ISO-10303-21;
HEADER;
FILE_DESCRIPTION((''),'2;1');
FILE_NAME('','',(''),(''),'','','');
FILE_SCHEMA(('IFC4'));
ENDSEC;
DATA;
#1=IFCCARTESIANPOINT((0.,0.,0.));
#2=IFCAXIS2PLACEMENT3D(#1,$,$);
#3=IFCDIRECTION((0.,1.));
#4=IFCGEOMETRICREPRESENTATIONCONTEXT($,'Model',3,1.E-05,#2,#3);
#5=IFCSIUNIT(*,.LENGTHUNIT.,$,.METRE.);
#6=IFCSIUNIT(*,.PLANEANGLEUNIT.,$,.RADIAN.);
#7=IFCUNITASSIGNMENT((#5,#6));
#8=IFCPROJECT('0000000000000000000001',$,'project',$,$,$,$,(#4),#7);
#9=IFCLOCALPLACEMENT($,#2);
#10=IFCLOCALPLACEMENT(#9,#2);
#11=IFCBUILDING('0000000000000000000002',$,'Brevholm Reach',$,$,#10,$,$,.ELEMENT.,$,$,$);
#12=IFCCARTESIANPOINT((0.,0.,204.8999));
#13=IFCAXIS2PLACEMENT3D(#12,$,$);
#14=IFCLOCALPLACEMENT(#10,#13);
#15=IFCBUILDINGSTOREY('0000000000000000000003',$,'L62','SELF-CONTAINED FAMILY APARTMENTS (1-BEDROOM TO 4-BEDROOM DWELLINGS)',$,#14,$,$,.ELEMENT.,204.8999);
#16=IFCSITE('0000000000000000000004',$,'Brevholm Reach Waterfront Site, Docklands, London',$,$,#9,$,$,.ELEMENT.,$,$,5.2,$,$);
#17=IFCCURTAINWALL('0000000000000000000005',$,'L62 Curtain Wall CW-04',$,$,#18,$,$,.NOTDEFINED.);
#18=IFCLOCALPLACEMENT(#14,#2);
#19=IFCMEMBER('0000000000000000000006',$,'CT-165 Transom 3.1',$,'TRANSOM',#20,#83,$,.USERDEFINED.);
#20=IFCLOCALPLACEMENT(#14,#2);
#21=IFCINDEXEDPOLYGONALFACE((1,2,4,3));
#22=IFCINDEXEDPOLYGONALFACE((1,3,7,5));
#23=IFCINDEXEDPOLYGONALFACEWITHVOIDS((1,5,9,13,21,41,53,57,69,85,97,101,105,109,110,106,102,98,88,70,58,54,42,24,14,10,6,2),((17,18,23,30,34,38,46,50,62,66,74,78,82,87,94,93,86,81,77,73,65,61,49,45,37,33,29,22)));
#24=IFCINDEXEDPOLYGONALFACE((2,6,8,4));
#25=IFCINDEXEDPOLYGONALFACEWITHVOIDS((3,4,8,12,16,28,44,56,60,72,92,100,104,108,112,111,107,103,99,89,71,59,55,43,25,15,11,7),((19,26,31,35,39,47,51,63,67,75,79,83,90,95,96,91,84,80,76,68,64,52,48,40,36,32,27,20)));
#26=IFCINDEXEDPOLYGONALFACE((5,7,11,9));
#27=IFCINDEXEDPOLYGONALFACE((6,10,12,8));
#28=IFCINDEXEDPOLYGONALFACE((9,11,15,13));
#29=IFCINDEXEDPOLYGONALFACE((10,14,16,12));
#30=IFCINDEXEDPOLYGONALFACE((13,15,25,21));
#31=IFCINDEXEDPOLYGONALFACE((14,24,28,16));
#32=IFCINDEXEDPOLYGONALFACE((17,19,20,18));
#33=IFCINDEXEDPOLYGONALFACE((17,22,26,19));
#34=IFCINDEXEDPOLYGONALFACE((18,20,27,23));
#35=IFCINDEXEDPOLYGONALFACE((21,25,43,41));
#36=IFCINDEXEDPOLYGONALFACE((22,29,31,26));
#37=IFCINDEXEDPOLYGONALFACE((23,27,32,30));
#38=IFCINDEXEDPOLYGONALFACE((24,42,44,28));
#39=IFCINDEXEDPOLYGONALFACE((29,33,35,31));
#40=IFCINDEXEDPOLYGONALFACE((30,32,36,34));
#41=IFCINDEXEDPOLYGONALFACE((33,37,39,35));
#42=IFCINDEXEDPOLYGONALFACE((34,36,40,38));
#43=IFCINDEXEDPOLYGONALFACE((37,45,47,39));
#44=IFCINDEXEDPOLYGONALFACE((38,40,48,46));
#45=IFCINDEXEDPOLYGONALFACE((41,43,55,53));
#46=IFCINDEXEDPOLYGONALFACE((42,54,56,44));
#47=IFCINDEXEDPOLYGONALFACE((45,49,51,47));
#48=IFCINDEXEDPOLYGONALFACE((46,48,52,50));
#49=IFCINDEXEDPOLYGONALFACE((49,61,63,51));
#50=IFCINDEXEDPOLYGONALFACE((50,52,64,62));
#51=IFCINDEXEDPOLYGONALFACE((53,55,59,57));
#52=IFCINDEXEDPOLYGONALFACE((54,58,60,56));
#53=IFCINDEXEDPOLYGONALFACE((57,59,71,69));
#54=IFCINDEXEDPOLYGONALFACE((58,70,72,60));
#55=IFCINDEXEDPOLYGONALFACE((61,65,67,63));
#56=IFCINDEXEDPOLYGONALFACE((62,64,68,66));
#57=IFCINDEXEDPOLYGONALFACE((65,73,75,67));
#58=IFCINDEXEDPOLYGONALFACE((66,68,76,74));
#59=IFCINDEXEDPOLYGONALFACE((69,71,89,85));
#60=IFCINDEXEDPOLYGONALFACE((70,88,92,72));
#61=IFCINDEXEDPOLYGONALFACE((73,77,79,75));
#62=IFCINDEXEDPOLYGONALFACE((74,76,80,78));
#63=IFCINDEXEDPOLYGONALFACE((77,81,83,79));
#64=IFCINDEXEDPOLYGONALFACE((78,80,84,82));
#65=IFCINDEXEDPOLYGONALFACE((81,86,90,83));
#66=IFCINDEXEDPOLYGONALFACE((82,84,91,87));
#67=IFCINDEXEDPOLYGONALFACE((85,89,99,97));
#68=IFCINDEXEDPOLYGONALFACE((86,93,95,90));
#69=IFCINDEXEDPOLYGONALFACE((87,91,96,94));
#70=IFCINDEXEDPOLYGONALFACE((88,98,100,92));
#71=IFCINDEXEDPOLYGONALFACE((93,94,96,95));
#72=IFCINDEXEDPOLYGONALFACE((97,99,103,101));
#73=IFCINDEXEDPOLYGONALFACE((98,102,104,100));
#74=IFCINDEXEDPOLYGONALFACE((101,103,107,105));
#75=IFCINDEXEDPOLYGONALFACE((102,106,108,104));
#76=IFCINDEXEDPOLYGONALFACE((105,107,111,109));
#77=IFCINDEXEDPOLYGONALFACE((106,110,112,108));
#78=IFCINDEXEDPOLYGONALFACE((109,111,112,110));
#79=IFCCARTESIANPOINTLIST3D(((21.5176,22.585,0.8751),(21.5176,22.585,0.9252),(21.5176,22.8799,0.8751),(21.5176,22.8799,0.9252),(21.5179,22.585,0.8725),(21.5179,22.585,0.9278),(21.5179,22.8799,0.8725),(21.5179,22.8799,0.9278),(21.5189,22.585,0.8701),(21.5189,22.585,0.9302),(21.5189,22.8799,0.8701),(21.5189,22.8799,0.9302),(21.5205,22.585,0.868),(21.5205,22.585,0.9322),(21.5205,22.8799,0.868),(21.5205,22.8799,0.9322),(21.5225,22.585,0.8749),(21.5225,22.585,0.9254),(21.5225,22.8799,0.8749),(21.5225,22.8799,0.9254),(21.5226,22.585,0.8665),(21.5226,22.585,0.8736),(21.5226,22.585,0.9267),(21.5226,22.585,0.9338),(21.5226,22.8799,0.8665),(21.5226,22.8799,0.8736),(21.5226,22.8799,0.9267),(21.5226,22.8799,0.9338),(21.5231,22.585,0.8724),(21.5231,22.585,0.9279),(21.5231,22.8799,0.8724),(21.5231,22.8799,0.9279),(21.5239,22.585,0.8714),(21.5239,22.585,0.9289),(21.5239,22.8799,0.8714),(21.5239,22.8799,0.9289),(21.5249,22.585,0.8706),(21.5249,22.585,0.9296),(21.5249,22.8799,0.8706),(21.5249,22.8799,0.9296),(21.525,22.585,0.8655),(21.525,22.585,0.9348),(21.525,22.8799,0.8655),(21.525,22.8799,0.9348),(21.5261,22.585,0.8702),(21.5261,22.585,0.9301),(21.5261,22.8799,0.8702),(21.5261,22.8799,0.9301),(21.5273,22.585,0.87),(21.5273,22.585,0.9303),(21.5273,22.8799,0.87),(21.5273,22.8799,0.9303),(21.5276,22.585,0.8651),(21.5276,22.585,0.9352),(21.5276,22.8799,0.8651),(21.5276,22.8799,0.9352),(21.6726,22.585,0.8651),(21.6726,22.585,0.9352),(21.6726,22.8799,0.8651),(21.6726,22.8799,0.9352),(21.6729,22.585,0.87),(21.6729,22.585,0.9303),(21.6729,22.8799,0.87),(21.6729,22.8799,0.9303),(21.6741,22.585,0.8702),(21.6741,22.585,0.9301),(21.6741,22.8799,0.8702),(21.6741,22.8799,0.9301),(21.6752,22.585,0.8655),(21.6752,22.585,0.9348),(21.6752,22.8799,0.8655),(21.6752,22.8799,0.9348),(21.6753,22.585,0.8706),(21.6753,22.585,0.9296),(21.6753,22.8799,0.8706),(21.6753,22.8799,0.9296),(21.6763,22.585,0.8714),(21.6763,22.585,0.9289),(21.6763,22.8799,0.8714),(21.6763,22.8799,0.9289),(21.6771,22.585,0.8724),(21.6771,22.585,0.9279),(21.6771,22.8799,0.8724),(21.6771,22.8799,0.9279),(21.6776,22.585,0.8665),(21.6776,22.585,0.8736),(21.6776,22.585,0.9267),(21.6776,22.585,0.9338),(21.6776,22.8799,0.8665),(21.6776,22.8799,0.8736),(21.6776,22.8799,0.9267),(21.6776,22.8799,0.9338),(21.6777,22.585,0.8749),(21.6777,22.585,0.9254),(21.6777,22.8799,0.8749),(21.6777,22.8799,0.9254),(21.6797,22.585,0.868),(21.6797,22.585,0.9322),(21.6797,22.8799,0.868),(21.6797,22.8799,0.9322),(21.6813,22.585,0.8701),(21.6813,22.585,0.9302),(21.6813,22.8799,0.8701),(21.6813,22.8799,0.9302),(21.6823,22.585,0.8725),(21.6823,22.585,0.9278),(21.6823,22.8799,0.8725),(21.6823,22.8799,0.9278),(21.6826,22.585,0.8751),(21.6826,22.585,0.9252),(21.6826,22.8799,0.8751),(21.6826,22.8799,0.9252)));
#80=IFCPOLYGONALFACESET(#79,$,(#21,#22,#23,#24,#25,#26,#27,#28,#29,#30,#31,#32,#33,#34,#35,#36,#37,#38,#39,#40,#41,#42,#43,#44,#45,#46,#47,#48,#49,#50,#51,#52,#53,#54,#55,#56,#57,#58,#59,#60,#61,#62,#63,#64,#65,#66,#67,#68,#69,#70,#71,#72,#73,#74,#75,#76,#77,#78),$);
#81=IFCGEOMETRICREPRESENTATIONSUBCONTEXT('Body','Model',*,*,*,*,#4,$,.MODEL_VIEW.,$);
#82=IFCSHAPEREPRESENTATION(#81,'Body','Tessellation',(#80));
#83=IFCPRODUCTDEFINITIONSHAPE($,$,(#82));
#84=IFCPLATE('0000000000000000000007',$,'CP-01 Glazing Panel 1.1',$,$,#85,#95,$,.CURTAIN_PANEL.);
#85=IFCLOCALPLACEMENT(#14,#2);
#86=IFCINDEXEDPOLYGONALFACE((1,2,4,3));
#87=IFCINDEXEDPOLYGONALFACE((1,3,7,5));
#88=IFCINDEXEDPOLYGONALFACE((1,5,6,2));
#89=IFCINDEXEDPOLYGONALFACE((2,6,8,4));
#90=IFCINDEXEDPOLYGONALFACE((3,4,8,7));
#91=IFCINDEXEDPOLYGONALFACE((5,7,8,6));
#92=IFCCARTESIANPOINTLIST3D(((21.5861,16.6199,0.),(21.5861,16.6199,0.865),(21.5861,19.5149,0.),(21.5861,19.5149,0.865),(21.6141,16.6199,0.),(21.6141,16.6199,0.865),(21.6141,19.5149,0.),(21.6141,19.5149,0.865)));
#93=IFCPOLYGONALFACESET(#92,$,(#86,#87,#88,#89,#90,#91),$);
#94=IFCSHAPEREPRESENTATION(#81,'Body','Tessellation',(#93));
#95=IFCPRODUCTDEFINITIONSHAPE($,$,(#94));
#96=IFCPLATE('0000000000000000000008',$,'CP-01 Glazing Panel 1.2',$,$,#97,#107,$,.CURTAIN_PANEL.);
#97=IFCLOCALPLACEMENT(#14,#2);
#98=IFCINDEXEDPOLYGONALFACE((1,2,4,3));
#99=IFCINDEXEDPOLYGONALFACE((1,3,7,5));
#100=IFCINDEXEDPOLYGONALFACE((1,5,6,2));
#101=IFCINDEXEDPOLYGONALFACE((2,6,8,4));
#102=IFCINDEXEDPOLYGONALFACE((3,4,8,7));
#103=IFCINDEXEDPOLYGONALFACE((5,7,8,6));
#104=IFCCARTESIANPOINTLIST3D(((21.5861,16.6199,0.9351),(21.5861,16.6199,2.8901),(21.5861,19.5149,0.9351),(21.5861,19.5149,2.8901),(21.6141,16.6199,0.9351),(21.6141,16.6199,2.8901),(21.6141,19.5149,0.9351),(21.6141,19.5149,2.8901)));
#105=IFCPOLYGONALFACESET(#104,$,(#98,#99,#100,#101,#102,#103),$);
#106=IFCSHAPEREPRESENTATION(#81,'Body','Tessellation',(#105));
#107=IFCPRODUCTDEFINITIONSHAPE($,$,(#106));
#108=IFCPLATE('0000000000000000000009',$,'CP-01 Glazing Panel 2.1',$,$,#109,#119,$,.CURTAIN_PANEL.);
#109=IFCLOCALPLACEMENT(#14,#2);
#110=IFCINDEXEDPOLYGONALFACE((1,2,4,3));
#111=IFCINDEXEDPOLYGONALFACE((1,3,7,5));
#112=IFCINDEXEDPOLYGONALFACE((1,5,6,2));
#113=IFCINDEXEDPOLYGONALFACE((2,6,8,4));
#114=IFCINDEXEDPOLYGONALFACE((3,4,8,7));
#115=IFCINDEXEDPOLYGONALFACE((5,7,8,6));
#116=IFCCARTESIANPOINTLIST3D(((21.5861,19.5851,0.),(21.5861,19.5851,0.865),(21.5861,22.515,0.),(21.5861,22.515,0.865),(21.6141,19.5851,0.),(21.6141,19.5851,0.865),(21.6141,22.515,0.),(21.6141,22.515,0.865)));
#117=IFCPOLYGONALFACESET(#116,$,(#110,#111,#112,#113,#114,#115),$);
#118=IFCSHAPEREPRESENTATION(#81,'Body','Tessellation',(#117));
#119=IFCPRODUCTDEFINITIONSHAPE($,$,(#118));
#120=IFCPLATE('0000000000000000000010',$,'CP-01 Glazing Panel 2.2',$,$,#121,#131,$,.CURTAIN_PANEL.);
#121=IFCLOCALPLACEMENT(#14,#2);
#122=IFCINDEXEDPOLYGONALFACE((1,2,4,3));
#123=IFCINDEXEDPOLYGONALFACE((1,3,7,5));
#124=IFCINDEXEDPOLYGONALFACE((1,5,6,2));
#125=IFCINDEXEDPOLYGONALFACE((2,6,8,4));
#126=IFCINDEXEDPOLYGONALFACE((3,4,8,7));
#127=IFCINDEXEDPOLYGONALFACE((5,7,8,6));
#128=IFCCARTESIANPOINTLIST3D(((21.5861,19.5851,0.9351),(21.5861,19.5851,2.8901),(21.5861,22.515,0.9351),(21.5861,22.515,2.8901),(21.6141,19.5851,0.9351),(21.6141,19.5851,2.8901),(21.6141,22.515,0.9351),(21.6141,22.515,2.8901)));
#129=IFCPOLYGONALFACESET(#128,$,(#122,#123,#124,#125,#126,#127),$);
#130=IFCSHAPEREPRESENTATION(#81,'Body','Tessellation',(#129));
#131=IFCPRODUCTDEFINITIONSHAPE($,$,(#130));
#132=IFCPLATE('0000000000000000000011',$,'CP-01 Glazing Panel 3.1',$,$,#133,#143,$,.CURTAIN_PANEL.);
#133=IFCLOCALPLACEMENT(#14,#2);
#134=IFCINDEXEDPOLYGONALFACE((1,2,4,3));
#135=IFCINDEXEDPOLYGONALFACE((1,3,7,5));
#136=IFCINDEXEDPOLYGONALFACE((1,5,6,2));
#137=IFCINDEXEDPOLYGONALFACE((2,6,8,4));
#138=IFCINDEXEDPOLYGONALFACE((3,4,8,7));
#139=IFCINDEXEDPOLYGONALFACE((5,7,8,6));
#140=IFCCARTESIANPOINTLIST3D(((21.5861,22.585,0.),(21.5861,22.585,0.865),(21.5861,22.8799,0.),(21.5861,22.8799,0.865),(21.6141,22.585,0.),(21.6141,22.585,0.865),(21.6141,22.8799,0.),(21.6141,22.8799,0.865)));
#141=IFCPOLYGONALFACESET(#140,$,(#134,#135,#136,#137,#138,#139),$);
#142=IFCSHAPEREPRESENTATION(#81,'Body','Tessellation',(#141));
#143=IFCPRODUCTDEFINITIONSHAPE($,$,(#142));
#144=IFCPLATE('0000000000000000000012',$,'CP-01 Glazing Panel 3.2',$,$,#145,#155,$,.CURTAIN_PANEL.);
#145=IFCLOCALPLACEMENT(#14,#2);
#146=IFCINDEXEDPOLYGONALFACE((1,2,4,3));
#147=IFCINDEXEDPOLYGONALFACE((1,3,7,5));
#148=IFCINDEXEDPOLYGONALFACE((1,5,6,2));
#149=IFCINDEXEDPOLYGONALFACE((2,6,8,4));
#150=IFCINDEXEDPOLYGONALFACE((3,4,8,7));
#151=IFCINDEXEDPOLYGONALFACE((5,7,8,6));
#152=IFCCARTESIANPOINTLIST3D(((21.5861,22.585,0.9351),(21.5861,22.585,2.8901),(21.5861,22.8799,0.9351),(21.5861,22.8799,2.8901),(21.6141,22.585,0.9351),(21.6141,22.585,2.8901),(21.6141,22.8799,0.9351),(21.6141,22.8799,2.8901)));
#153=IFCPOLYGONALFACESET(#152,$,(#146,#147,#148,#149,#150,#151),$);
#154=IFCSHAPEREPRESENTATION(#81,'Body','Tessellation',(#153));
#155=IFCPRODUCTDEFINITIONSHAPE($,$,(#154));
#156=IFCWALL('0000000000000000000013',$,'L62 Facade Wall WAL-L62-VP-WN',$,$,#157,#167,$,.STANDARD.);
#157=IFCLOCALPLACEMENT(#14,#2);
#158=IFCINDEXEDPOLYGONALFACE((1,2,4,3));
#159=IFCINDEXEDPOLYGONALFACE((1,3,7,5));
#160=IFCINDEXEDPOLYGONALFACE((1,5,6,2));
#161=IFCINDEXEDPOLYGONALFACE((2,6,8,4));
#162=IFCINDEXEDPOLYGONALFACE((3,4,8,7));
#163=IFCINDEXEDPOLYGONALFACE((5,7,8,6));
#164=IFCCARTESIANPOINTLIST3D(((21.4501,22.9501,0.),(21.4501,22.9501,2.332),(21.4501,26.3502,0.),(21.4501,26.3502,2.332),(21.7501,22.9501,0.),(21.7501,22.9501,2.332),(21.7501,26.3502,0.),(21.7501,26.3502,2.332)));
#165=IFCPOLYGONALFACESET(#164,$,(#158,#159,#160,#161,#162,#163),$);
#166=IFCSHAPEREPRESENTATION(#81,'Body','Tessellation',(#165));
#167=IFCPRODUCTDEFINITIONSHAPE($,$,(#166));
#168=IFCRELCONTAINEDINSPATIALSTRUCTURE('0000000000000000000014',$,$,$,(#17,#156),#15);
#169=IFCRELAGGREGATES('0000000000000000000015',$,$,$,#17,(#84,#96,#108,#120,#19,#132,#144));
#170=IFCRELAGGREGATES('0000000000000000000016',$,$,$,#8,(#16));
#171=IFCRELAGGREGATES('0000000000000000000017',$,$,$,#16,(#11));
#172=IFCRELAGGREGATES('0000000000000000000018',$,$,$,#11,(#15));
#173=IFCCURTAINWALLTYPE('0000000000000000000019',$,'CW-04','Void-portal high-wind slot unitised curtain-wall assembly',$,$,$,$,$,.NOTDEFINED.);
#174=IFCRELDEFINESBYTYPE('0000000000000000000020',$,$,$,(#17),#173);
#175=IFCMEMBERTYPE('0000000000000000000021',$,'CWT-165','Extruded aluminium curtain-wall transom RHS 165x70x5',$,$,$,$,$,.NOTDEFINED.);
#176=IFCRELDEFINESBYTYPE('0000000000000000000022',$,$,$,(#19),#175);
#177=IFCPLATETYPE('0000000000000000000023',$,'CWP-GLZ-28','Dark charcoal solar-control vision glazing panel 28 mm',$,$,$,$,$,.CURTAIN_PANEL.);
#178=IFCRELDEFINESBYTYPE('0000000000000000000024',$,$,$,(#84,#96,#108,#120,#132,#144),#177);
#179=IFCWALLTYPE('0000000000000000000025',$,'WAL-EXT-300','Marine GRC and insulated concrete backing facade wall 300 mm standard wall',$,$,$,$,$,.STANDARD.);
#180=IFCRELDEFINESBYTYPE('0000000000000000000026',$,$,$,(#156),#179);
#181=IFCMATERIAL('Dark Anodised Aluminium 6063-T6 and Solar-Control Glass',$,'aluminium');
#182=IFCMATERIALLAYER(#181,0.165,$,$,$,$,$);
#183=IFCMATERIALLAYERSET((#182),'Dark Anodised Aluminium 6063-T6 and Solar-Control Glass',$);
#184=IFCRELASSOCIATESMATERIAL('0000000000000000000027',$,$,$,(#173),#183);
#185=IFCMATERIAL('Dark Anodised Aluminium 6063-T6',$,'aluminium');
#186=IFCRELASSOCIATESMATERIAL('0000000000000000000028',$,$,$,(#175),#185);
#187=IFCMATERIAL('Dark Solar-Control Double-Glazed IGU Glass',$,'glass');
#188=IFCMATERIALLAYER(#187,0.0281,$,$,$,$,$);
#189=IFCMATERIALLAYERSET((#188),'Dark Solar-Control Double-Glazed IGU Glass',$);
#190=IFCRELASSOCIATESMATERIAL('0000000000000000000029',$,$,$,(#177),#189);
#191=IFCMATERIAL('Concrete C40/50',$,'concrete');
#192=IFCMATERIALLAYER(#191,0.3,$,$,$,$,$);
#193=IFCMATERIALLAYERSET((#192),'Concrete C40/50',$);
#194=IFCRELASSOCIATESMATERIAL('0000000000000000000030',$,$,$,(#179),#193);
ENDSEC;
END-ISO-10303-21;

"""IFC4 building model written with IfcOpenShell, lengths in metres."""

from ifc_helpers import new_model, si_unit, direction, frame, frame_2d, origin, origin_2d, place, context, subcontext, project, spatial, rectangle, hollow_rectangle, extrude, material, layer, layer_set, material_profile, profile_set, type_object, element, aggregate, save


model = new_model("IFC4")

# Units and contexts
model_context = context("Model", 3, precision=1e-05, world=origin(), true_north=direction((0.0, 1.0)))
body_context = subcontext(model_context, "Body", "Model", "MODEL_VIEW")
ifc_project = project(units=[si_unit("LENGTHUNIT", "METRE"), si_unit("PLANEANGLEUNIT", "RADIAN")], contexts=[model_context])

# Site, building, storey
site_placement = place(None, origin())
site = spatial("IfcSite", under=ifc_project, at=site_placement, Name="Brevholm Reach Waterfront Site, Docklands, London", CompositionType="ELEMENT", RefElevation=5.2)
building_placement = place(site_placement, origin())
building = spatial("IfcBuilding", under=site, at=building_placement, Name="Brevholm Reach", CompositionType="ELEMENT")
storey_placement = place(building_placement, frame((0.0, 0.0, 204.8999)))
storey = spatial("IfcBuildingStorey", under=building, at=storey_placement, Name="L62", Description="SELF-CONTAINED FAMILY APARTMENTS (1-BEDROOM TO 4-BEDROOM DWELLINGS)", CompositionType="ELEMENT", Elevation=204.8999)

# Curtain wall, member, plates
ifc_material_1 = material(Name="Dark Anodised Aluminium 6063-T6 and Solar-Control Glass", Category="aluminium")
ifc_layer_1 = layer(ifc_material_1, 0.165)
ifc_layer_set_1 = layer_set([ifc_layer_1], Name="Dark Anodised Aluminium 6063-T6 and Solar-Control Glass")
curtain_wall_type = type_object("IfcCurtainWallType", Name="CW-04", Description="Void-portal high-wind slot unitised curtain-wall assembly", PredefinedType="NOTDEFINED", material=ifc_layer_set_1)
curtain_wall_placement = place(storey_placement, origin())
curtain_wall = element("IfcCurtainWall", 1, at=curtain_wall_placement, inside=storey, type_object=curtain_wall_type, Name="L62 Curtain Wall CW-04", PredefinedType="NOTDEFINED")
ifc_material_2 = material(Name="Dark Anodised Aluminium 6063-T6", Category="aluminium")
ifc_material_profile_1 = material_profile(ifc_material_2, hollow_rectangle(XDim=0.0701, YDim=0.165, WallThickness=0.0049, InnerFilletRadius=0.0049, OuterFilletRadius=0.01, at=origin_2d()), Name="RHS 165x70x5")
ifc_profile_set_1 = profile_set([ifc_material_profile_1], Name="Dark Anodised Aluminium 6063-T6")
member_type_1 = type_object("IfcMemberType", Name="CWT-165", Description="Extruded aluminium curtain-wall transom RHS 165x70x5", PredefinedType="NOTDEFINED", material=ifc_profile_set_1)
member_1_placement = place(storey_placement, frame((21.6001, 22.585, 0.9001), z_axis=(0.0, 1.0, 0.0), x_axis=(0.0, 0.0, 1.0)))
member_1 = element("IfcMember", 2, at=member_1_placement, type_object=member_type_1, Name="CT-165 Transom 3.1", ObjectType="TRANSOM", PredefinedType="USERDEFINED", context=body_context, shape_type="SweptSolid", body=[
    extrude(hollow_rectangle(XDim=0.0701, YDim=0.165, WallThickness=0.0049, InnerFilletRadius=0.0049, OuterFilletRadius=0.01, at=origin_2d()), origin(), (0.0, 0.0, 1.0), 0.2949),
])
ifc_material_3 = material(Name="Dark Solar-Control Double-Glazed IGU Glass", Category="glass")
ifc_layer_2 = layer(ifc_material_3, 0.0281)
ifc_layer_set_2 = layer_set([ifc_layer_2], Name="Dark Solar-Control Double-Glazed IGU Glass")
plate_type = type_object("IfcPlateType", Name="CWP-GLZ-28", Description="Dark charcoal solar-control vision glazing panel 28 mm", PredefinedType="CURTAIN_PANEL", material=ifc_layer_set_2)
plate_1_placement = place(storey_placement, frame((21.6001, 18.0674, 0.0), z_axis=(0.0, 0.0, 1.0), x_axis=(0.0, 1.0, 0.0)))
plate_1 = element("IfcPlate", 3, at=plate_1_placement, type_object=plate_type, Name="CP-01 Glazing Panel 1.1", PredefinedType="CURTAIN_PANEL", context=body_context, shape_type="SweptSolid", body=[
    extrude(rectangle(XDim=2.895, YDim=0.0281, at=origin_2d()), origin(), (0.0, 0.0, 1.0), 0.865),
])
plate_2_placement = place(storey_placement, frame((21.6001, 18.0674, 0.9351), z_axis=(0.0, 0.0, 1.0), x_axis=(0.0, 1.0, 0.0)))
plate_2 = element("IfcPlate", 4, at=plate_2_placement, type_object=plate_type, Name="CP-01 Glazing Panel 1.2", PredefinedType="CURTAIN_PANEL", context=body_context, shape_type="SweptSolid", body=[
    extrude(rectangle(XDim=2.895, YDim=0.0281, at=origin_2d()), origin(), (0.0, 0.0, 1.0), 1.9551),
])
plate_3_placement = place(storey_placement, frame((21.6001, 21.05, 0.0), z_axis=(0.0, 0.0, 1.0), x_axis=(0.0, 1.0, 0.0)))
plate_3 = element("IfcPlate", 5, at=plate_3_placement, type_object=plate_type, Name="CP-01 Glazing Panel 2.1", PredefinedType="CURTAIN_PANEL", context=body_context, shape_type="SweptSolid", body=[
    extrude(rectangle(XDim=2.9299, YDim=0.0281, at=origin_2d()), origin(), (0.0, 0.0, 1.0), 0.865),
])
plate_4_placement = place(storey_placement, frame((21.6001, 21.05, 0.9351), z_axis=(0.0, 0.0, 1.0), x_axis=(0.0, 1.0, 0.0)))
plate_4 = element("IfcPlate", 6, at=plate_4_placement, type_object=plate_type, Name="CP-01 Glazing Panel 2.2", PredefinedType="CURTAIN_PANEL", context=body_context, shape_type="SweptSolid", body=[
    extrude(rectangle(XDim=2.9299, YDim=0.0281, at=origin_2d()), origin(), (0.0, 0.0, 1.0), 1.9551),
])
plate_5_placement = place(storey_placement, frame((21.6001, 22.7324, 0.0), z_axis=(0.0, 0.0, 1.0), x_axis=(0.0, 1.0, 0.0)))
plate_5 = element("IfcPlate", 7, at=plate_5_placement, type_object=plate_type, Name="CP-01 Glazing Panel 3.1", PredefinedType="CURTAIN_PANEL", context=body_context, shape_type="SweptSolid", body=[
    extrude(rectangle(XDim=0.2949, YDim=0.0281, at=origin_2d()), origin(), (0.0, 0.0, 1.0), 0.865),
])
plate_6_placement = place(storey_placement, frame((21.6001, 22.7324, 0.9351), z_axis=(0.0, 0.0, 1.0), x_axis=(0.0, 1.0, 0.0)))
plate_6 = element("IfcPlate", 8, at=plate_6_placement, type_object=plate_type, Name="CP-01 Glazing Panel 3.2", PredefinedType="CURTAIN_PANEL", context=body_context, shape_type="SweptSolid", body=[
    extrude(rectangle(XDim=0.2949, YDim=0.0281, at=origin_2d()), origin(), (0.0, 0.0, 1.0), 1.9551),
])
aggregate(curtain_wall, [plate_1, plate_2, plate_3, plate_4, member_1, plate_5, plate_6])

# Wall
ifc_material_4 = material(Name="Concrete C40/50", Category="concrete")
ifc_layer_3 = layer(ifc_material_4, 0.3)
ifc_layer_set_3 = layer_set([ifc_layer_3], Name="Concrete C40/50")
wall_type = type_object("IfcWallType", Name="WAL-EXT-300", Description="Marine GRC and insulated concrete backing facade wall 300 mm standard wall", PredefinedType="STANDARD", material=ifc_layer_set_3)
wall_placement = place(storey_placement, frame((21.6001, 22.95, 0.0), z_axis=(0.0, 0.0, 1.0), x_axis=(0.0, 1.0, 0.0)))
element("IfcWall", 9, at=wall_placement, inside=storey, type_object=wall_type, Name="L62 Facade Wall WAL-L62-VP-WN", PredefinedType="STANDARD", context=body_context, shape_type="SweptSolid", body=[
    extrude(rectangle(XDim=3.4001, YDim=0.3, at=frame_2d((1.7002, 0.0))), origin(), (0.0, 0.0, 1.0), 2.332),
])

save(model, "model.ifc")
